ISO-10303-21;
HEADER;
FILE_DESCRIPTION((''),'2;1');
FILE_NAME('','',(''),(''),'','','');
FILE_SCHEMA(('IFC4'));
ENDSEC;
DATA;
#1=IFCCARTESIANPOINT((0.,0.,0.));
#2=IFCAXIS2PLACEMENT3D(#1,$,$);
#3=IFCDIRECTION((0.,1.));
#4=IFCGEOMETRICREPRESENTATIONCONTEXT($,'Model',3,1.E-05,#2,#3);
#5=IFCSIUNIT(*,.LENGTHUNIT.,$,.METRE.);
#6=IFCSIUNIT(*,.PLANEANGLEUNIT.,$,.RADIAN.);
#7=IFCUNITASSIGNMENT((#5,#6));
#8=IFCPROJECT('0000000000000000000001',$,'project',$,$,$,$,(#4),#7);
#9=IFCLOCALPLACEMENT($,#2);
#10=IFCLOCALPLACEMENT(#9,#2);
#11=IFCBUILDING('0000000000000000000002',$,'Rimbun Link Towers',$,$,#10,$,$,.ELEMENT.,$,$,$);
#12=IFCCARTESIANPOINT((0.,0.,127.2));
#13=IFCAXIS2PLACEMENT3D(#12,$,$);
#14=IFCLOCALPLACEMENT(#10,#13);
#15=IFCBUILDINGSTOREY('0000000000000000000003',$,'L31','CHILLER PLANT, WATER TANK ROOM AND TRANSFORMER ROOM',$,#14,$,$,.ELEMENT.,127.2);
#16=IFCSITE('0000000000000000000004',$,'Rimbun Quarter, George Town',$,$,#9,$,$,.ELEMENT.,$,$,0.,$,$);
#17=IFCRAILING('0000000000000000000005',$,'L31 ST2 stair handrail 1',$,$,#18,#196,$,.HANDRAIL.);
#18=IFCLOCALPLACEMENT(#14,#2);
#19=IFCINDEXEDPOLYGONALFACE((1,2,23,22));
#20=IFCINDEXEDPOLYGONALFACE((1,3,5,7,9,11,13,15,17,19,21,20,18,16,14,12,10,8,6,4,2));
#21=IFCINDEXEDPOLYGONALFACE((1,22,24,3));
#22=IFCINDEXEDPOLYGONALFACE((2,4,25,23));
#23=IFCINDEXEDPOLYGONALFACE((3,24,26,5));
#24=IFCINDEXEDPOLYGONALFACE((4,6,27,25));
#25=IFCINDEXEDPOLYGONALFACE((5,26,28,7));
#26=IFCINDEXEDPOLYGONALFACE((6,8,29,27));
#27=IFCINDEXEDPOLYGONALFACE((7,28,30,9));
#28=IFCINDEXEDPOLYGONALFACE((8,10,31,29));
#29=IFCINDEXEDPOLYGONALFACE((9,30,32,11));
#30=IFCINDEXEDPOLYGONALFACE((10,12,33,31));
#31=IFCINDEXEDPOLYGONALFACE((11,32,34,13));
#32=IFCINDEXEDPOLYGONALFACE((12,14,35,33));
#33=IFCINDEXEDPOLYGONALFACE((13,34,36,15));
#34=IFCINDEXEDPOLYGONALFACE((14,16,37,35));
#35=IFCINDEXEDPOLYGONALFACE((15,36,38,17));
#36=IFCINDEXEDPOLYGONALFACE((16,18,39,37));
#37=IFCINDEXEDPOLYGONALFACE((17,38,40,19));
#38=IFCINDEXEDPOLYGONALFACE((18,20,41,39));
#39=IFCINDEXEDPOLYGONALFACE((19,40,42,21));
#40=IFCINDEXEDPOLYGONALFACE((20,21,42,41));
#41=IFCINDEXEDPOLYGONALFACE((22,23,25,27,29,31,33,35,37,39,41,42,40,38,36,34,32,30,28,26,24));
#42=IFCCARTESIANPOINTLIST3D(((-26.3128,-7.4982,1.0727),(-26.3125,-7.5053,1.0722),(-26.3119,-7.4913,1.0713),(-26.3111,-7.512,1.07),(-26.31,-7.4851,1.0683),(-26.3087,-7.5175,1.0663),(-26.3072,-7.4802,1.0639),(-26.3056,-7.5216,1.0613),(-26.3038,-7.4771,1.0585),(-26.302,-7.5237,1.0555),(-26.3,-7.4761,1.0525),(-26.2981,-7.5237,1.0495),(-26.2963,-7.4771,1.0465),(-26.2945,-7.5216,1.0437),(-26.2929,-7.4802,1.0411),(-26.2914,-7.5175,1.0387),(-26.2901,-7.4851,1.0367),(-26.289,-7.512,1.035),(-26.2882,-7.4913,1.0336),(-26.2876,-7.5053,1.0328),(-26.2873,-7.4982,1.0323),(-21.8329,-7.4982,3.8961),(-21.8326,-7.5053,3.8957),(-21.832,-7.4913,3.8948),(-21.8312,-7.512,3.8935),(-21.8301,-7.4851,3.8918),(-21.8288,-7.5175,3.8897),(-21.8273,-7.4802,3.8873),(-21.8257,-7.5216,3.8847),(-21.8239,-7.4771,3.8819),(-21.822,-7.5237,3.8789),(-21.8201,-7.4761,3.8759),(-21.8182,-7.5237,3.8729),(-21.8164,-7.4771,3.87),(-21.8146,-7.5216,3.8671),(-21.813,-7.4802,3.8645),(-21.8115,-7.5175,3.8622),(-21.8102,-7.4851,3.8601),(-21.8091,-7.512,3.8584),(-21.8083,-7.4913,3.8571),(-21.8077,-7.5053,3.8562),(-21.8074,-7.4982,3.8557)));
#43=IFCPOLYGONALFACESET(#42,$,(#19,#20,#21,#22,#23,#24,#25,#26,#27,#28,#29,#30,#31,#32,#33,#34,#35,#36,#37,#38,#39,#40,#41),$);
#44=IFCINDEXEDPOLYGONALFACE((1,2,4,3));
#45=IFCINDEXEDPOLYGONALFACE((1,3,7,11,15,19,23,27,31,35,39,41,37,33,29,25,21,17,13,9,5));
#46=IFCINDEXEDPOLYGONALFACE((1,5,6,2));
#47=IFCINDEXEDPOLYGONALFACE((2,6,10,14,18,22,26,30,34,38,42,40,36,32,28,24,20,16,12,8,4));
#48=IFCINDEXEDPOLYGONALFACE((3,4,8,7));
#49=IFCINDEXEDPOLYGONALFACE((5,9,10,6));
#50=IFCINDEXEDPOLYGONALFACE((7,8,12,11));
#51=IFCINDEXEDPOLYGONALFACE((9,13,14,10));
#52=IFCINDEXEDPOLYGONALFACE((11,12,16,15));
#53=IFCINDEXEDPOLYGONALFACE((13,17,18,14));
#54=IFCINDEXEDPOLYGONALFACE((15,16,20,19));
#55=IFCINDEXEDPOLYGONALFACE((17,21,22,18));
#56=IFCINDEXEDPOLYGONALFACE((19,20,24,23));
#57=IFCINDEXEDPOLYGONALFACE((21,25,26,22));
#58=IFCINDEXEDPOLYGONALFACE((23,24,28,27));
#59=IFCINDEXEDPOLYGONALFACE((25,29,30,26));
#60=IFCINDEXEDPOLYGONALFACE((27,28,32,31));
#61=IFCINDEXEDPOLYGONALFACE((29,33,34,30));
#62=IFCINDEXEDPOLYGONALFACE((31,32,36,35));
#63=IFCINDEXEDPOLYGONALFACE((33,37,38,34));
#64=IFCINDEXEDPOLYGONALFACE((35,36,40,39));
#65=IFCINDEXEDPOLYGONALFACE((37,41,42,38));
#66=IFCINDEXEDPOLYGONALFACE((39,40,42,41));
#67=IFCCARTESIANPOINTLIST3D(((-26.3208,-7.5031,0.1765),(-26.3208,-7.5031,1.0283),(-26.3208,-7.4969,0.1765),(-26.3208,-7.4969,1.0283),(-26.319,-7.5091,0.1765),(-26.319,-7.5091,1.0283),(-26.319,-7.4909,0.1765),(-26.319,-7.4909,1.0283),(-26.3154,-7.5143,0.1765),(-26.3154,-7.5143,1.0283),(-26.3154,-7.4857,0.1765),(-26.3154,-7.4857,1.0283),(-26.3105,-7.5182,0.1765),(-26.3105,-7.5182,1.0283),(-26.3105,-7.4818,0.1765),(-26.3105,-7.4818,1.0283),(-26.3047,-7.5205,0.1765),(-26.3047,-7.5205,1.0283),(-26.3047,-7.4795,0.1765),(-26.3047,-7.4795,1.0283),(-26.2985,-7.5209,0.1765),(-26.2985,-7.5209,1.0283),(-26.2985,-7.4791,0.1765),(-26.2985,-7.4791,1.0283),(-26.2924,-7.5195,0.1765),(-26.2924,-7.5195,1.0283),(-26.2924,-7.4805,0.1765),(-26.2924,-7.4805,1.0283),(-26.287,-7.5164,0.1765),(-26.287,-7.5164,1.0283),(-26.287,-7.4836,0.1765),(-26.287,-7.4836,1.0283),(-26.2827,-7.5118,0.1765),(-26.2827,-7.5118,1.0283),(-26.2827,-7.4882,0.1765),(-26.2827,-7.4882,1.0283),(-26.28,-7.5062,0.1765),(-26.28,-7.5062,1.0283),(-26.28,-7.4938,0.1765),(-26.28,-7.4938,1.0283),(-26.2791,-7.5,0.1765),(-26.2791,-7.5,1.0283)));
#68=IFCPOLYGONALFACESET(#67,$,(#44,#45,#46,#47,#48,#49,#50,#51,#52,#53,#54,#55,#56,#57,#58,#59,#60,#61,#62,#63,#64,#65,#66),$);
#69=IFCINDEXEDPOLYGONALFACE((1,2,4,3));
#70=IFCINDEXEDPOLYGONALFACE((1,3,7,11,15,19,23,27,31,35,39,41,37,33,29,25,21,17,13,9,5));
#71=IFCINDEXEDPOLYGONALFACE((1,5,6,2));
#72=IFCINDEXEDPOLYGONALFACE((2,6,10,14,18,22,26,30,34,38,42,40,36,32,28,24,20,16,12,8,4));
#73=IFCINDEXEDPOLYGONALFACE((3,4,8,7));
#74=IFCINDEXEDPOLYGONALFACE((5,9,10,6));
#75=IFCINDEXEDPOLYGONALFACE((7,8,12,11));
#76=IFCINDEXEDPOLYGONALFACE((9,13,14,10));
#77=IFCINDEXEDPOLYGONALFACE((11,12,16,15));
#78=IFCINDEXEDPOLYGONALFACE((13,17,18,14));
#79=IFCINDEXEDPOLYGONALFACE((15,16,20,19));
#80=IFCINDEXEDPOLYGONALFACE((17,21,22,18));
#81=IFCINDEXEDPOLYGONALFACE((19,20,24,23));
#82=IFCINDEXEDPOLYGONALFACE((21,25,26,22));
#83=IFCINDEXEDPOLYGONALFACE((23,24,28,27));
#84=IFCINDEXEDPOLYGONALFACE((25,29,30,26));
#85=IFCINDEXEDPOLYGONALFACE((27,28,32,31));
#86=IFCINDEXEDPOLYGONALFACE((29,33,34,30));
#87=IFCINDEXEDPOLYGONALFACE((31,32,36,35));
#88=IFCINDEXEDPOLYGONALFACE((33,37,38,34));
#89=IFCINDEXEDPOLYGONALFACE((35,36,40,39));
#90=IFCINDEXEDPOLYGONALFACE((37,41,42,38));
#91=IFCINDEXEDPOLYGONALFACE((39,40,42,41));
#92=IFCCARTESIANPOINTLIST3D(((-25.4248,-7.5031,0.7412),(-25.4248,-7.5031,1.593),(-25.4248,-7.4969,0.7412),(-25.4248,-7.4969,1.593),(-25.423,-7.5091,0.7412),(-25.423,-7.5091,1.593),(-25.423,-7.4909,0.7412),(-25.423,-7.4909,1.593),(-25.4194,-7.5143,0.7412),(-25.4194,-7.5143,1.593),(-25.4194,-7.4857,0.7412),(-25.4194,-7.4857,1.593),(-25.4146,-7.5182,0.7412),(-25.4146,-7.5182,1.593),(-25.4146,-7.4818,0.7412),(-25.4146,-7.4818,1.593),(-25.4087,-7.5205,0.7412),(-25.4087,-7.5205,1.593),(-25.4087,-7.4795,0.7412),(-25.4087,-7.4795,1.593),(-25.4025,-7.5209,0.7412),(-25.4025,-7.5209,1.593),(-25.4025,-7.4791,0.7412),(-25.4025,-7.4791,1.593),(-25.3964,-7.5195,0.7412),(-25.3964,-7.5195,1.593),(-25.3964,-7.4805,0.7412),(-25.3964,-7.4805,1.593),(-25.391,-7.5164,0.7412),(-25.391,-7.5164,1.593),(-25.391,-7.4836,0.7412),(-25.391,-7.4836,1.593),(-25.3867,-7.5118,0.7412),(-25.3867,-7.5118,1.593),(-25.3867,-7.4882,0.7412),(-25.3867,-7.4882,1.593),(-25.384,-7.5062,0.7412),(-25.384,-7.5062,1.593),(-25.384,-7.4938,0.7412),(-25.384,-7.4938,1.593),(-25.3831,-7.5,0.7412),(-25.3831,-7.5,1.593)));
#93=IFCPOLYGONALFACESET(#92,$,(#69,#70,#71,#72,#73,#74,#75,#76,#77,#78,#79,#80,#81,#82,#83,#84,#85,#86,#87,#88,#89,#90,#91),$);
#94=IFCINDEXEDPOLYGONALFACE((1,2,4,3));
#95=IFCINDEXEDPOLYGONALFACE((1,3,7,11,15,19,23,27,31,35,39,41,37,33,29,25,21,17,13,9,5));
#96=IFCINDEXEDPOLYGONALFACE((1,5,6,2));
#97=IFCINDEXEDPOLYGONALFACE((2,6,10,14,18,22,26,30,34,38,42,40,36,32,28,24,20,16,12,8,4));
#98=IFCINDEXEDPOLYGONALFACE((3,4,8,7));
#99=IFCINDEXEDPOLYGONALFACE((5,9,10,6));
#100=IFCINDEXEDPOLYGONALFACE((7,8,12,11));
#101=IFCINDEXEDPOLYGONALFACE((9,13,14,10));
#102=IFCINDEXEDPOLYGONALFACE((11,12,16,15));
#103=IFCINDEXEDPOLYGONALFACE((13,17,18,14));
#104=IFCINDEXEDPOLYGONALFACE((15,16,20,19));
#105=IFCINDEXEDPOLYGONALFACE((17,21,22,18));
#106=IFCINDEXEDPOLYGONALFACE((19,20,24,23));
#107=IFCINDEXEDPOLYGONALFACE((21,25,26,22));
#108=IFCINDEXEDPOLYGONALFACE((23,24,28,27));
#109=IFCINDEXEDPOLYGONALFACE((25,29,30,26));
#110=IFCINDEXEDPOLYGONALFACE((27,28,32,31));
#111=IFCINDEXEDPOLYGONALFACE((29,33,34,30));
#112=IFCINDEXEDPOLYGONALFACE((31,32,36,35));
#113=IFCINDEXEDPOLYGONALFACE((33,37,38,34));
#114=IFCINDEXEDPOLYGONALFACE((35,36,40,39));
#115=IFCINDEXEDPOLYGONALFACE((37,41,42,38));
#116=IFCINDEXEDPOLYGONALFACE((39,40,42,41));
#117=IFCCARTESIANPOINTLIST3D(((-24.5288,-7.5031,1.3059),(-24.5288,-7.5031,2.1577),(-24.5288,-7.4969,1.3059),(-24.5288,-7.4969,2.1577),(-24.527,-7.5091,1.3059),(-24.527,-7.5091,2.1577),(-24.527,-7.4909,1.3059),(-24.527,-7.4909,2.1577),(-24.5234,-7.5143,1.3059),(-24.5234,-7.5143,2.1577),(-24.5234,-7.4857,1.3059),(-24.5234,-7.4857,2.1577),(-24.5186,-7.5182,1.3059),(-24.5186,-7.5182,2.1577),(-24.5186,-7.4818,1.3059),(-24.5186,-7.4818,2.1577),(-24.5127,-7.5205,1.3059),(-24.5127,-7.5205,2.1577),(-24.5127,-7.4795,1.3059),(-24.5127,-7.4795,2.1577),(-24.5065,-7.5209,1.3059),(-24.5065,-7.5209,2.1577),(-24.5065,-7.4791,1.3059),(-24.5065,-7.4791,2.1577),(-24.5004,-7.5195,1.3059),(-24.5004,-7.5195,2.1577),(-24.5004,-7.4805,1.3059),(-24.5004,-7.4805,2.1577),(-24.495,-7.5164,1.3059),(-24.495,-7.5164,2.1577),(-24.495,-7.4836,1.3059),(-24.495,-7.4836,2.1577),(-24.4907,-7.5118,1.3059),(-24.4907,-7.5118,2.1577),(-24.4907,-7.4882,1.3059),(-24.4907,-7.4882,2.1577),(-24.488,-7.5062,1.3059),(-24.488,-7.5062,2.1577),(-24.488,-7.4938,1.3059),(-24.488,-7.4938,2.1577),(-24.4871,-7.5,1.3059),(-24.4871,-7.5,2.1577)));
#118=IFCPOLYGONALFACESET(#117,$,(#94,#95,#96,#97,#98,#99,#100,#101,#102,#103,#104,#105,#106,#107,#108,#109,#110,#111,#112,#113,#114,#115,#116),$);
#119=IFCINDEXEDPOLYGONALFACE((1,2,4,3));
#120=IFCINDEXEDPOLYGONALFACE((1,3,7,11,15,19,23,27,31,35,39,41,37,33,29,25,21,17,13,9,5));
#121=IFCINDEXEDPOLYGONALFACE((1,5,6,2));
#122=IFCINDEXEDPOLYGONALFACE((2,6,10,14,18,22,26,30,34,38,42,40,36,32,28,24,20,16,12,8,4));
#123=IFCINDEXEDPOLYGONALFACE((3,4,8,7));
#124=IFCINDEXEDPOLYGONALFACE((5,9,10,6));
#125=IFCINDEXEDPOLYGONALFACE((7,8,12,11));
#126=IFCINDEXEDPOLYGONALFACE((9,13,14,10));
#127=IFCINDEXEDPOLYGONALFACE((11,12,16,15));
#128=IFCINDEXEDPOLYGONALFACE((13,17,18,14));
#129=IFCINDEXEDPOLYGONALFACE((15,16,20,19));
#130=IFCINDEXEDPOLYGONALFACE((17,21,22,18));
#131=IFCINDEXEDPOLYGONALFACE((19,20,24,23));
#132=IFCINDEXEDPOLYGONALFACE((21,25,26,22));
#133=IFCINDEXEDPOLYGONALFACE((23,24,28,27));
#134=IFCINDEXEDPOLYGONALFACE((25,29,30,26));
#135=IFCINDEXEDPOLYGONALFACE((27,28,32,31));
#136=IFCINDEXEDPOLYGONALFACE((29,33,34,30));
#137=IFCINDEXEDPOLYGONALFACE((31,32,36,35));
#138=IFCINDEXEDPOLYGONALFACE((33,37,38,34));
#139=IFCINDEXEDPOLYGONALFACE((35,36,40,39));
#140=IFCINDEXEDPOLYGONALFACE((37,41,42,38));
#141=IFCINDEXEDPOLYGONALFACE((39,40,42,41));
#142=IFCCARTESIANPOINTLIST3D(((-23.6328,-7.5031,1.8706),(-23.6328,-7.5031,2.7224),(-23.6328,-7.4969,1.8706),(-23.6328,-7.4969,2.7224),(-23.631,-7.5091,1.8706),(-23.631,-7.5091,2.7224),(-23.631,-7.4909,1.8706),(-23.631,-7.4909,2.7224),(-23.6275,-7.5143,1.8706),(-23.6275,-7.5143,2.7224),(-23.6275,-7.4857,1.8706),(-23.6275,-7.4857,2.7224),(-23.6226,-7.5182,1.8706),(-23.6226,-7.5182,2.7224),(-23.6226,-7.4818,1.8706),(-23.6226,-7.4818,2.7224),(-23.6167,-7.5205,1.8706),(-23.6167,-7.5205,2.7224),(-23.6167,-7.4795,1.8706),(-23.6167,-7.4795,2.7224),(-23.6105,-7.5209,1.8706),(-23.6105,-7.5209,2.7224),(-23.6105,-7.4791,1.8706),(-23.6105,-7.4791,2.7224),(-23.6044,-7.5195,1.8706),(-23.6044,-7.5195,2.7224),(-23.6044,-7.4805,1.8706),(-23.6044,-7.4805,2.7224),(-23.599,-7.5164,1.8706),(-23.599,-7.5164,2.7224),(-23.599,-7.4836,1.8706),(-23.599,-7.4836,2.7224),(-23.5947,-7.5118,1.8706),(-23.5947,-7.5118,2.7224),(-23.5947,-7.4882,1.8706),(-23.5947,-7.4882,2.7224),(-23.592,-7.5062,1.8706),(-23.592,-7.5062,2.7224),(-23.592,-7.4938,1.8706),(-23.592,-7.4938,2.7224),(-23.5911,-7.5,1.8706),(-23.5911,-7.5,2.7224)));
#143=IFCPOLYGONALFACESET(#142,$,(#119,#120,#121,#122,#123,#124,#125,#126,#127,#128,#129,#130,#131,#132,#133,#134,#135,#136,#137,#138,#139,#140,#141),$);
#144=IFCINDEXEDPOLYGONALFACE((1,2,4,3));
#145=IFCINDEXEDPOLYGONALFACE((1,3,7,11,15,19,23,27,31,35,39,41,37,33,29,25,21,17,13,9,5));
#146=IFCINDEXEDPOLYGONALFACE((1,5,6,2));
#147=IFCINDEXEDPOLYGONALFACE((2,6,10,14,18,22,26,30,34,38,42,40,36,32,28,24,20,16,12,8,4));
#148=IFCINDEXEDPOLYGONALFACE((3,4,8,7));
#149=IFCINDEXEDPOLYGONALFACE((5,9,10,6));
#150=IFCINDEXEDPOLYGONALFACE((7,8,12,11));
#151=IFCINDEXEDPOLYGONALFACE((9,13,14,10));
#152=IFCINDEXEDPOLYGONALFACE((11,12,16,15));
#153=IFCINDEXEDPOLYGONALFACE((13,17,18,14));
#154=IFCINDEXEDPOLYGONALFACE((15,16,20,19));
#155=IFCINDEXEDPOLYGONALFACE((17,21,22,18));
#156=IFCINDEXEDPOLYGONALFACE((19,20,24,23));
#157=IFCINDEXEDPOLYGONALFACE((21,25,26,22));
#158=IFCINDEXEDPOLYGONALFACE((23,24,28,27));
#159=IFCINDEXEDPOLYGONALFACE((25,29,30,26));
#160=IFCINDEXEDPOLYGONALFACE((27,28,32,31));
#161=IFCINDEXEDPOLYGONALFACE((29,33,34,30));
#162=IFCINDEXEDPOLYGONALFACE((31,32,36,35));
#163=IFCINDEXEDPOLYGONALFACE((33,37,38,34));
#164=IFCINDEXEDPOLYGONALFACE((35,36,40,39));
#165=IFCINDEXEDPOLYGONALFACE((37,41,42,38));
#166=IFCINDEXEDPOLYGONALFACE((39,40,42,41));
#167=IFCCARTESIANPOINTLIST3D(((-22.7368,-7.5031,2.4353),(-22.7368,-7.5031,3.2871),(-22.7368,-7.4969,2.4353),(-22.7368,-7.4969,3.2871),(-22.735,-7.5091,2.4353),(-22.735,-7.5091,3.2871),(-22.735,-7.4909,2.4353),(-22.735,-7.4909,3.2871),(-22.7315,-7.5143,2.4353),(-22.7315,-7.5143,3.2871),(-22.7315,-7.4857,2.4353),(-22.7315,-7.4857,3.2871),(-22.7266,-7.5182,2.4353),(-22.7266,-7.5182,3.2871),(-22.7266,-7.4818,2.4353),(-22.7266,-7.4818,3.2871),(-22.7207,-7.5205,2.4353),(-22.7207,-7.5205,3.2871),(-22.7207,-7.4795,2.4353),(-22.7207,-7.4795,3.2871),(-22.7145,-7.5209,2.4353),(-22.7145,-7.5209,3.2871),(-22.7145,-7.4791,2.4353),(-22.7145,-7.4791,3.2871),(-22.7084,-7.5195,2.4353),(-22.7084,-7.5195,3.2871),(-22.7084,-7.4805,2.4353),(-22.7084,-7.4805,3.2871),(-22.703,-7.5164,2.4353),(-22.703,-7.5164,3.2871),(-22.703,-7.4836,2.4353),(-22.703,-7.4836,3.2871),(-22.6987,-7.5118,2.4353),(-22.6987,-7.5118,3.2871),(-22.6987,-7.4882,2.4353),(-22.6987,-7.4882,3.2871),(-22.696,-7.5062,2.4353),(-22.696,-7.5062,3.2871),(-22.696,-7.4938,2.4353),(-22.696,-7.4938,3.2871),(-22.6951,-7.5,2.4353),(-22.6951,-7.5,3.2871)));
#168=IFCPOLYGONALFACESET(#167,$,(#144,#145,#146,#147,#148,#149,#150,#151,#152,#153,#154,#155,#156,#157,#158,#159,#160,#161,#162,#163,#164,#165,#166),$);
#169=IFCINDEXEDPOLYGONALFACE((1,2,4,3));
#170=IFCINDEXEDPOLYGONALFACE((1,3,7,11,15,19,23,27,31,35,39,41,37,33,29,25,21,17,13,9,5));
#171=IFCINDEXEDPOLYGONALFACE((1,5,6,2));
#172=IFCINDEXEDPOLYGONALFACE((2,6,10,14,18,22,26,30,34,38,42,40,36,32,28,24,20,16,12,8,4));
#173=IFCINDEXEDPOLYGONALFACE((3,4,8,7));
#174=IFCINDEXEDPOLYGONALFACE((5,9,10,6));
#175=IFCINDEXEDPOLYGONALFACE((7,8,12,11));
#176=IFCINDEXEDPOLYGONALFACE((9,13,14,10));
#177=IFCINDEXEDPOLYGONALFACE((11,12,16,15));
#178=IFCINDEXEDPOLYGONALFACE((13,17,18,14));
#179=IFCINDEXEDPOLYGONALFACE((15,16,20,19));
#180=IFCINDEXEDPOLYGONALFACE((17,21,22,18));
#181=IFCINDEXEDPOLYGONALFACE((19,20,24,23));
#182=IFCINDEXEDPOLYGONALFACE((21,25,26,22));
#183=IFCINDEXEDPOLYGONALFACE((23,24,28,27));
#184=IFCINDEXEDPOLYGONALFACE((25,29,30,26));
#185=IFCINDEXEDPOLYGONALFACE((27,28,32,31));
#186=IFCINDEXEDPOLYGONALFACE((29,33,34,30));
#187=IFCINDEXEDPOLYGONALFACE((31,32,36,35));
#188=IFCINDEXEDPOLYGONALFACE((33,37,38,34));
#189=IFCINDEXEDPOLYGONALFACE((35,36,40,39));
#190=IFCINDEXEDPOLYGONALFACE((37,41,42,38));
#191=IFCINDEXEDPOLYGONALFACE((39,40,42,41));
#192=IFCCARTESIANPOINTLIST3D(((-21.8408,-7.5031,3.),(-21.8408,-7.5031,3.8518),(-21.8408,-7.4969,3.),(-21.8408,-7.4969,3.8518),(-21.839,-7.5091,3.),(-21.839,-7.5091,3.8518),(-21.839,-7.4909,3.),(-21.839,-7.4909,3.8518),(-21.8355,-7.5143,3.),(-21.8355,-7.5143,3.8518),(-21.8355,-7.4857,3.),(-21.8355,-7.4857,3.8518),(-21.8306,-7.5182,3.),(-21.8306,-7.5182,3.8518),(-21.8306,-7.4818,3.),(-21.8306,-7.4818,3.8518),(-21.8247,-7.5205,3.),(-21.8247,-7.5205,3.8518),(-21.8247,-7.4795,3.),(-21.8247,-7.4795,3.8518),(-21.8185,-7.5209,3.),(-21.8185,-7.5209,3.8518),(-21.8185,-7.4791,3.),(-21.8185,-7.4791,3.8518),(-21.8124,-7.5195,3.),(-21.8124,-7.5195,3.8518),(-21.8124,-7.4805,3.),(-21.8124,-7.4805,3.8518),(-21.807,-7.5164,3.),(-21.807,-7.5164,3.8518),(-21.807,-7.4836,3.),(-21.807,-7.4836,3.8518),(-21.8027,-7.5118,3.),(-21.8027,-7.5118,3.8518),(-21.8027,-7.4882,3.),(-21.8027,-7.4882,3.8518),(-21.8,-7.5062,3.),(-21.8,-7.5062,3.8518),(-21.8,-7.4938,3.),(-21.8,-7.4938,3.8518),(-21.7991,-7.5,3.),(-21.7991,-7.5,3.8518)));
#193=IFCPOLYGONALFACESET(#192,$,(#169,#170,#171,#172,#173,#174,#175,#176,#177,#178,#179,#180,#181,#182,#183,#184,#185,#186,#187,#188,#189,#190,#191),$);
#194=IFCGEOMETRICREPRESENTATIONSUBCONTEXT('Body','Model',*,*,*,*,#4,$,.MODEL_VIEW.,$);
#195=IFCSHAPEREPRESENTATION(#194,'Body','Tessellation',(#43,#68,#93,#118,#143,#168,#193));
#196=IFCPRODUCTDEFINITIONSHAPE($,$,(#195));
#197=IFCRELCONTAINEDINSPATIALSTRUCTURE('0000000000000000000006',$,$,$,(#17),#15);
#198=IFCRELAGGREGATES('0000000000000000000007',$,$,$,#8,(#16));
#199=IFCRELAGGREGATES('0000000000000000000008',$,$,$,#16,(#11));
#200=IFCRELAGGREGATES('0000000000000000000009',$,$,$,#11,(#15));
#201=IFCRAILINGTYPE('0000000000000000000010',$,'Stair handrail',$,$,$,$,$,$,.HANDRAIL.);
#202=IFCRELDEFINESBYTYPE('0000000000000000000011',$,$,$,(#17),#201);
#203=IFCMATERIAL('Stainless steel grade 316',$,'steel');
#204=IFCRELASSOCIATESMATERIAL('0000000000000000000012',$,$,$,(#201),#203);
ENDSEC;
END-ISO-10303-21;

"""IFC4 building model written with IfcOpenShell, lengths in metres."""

from ifc_helpers import new_model, si_unit, direction, frame, origin, origin_2d, place, context, subcontext, project, spatial, circle, extrude, material, type_object, element, save


model = new_model("IFC4")

# Units and contexts
model_context = context("Model", 3, precision=1e-05, world=origin(), true_north=direction((0.0, 1.0)))
body_context = subcontext(model_context, "Body", "Model", "MODEL_VIEW")
ifc_project = project(units=[si_unit("LENGTHUNIT", "METRE"), si_unit("PLANEANGLEUNIT", "RADIAN")], contexts=[model_context])

# Site, building, storey
site_placement = place(None, origin())
site = spatial("IfcSite", under=ifc_project, at=site_placement, Name="Rimbun Quarter, George Town", CompositionType="ELEMENT", RefElevation=0.0)
building_placement = place(site_placement, origin())
building = spatial("IfcBuilding", under=site, at=building_placement, Name="Rimbun Link Towers", CompositionType="ELEMENT")
storey_placement = place(building_placement, frame((0.0, 0.0, 127.2)))
storey = spatial("IfcBuildingStorey", under=building, at=storey_placement, Name="L31", Description="CHILLER PLANT, WATER TANK ROOM AND TRANSFORMER ROOM", CompositionType="ELEMENT", Elevation=127.2)

# Railing
ifc_material_1 = material(Name="Stainless steel grade 316", Category="steel")
railing_type_1 = type_object("IfcRailingType", Name="Stair handrail", PredefinedType="HANDRAIL", material=ifc_material_1)
railing_1_placement = place(storey_placement, frame((-26.3, -7.5, 0.1765)))
element("IfcRailing", 1, at=railing_1_placement, inside=storey, type_object=railing_type_1, Name="L31 ST2 stair handrail 1", PredefinedType="HANDRAIL", context=body_context, shape_type="SweptSolid", body=[
    extrude(circle(Radius=0.0239, at=origin_2d()), frame((0.0, 0.0, 0.876), z_axis=(0.845998, 0.0, 0.533186), x_axis=(0.0, 1.0, 0.0)), (0.0, 0.0, 1.0), 5.2954),
    extrude(circle(Radius=0.021, at=origin_2d()), origin(), (0.0, 0.0, 1.0), 0.8518),
    extrude(circle(Radius=0.021, at=origin_2d()), frame((0.896, 0.0, 0.5647)), (0.0, 0.0, 1.0), 0.8518),
    extrude(circle(Radius=0.021, at=origin_2d()), frame((1.792, 0.0, 1.1294)), (0.0, 0.0, 1.0), 0.8518),
    extrude(circle(Radius=0.021, at=origin_2d()), frame((2.688, 0.0, 1.6941)), (0.0, 0.0, 1.0), 0.8518),
    extrude(circle(Radius=0.021, at=origin_2d()), frame((3.584, 0.0, 2.2588)), (0.0, 0.0, 1.0), 0.8518),
    extrude(circle(Radius=0.021, at=origin_2d()), frame((4.48, 0.0, 2.8235)), (0.0, 0.0, 1.0), 0.8518),
])

save(model, "model.ifc")
